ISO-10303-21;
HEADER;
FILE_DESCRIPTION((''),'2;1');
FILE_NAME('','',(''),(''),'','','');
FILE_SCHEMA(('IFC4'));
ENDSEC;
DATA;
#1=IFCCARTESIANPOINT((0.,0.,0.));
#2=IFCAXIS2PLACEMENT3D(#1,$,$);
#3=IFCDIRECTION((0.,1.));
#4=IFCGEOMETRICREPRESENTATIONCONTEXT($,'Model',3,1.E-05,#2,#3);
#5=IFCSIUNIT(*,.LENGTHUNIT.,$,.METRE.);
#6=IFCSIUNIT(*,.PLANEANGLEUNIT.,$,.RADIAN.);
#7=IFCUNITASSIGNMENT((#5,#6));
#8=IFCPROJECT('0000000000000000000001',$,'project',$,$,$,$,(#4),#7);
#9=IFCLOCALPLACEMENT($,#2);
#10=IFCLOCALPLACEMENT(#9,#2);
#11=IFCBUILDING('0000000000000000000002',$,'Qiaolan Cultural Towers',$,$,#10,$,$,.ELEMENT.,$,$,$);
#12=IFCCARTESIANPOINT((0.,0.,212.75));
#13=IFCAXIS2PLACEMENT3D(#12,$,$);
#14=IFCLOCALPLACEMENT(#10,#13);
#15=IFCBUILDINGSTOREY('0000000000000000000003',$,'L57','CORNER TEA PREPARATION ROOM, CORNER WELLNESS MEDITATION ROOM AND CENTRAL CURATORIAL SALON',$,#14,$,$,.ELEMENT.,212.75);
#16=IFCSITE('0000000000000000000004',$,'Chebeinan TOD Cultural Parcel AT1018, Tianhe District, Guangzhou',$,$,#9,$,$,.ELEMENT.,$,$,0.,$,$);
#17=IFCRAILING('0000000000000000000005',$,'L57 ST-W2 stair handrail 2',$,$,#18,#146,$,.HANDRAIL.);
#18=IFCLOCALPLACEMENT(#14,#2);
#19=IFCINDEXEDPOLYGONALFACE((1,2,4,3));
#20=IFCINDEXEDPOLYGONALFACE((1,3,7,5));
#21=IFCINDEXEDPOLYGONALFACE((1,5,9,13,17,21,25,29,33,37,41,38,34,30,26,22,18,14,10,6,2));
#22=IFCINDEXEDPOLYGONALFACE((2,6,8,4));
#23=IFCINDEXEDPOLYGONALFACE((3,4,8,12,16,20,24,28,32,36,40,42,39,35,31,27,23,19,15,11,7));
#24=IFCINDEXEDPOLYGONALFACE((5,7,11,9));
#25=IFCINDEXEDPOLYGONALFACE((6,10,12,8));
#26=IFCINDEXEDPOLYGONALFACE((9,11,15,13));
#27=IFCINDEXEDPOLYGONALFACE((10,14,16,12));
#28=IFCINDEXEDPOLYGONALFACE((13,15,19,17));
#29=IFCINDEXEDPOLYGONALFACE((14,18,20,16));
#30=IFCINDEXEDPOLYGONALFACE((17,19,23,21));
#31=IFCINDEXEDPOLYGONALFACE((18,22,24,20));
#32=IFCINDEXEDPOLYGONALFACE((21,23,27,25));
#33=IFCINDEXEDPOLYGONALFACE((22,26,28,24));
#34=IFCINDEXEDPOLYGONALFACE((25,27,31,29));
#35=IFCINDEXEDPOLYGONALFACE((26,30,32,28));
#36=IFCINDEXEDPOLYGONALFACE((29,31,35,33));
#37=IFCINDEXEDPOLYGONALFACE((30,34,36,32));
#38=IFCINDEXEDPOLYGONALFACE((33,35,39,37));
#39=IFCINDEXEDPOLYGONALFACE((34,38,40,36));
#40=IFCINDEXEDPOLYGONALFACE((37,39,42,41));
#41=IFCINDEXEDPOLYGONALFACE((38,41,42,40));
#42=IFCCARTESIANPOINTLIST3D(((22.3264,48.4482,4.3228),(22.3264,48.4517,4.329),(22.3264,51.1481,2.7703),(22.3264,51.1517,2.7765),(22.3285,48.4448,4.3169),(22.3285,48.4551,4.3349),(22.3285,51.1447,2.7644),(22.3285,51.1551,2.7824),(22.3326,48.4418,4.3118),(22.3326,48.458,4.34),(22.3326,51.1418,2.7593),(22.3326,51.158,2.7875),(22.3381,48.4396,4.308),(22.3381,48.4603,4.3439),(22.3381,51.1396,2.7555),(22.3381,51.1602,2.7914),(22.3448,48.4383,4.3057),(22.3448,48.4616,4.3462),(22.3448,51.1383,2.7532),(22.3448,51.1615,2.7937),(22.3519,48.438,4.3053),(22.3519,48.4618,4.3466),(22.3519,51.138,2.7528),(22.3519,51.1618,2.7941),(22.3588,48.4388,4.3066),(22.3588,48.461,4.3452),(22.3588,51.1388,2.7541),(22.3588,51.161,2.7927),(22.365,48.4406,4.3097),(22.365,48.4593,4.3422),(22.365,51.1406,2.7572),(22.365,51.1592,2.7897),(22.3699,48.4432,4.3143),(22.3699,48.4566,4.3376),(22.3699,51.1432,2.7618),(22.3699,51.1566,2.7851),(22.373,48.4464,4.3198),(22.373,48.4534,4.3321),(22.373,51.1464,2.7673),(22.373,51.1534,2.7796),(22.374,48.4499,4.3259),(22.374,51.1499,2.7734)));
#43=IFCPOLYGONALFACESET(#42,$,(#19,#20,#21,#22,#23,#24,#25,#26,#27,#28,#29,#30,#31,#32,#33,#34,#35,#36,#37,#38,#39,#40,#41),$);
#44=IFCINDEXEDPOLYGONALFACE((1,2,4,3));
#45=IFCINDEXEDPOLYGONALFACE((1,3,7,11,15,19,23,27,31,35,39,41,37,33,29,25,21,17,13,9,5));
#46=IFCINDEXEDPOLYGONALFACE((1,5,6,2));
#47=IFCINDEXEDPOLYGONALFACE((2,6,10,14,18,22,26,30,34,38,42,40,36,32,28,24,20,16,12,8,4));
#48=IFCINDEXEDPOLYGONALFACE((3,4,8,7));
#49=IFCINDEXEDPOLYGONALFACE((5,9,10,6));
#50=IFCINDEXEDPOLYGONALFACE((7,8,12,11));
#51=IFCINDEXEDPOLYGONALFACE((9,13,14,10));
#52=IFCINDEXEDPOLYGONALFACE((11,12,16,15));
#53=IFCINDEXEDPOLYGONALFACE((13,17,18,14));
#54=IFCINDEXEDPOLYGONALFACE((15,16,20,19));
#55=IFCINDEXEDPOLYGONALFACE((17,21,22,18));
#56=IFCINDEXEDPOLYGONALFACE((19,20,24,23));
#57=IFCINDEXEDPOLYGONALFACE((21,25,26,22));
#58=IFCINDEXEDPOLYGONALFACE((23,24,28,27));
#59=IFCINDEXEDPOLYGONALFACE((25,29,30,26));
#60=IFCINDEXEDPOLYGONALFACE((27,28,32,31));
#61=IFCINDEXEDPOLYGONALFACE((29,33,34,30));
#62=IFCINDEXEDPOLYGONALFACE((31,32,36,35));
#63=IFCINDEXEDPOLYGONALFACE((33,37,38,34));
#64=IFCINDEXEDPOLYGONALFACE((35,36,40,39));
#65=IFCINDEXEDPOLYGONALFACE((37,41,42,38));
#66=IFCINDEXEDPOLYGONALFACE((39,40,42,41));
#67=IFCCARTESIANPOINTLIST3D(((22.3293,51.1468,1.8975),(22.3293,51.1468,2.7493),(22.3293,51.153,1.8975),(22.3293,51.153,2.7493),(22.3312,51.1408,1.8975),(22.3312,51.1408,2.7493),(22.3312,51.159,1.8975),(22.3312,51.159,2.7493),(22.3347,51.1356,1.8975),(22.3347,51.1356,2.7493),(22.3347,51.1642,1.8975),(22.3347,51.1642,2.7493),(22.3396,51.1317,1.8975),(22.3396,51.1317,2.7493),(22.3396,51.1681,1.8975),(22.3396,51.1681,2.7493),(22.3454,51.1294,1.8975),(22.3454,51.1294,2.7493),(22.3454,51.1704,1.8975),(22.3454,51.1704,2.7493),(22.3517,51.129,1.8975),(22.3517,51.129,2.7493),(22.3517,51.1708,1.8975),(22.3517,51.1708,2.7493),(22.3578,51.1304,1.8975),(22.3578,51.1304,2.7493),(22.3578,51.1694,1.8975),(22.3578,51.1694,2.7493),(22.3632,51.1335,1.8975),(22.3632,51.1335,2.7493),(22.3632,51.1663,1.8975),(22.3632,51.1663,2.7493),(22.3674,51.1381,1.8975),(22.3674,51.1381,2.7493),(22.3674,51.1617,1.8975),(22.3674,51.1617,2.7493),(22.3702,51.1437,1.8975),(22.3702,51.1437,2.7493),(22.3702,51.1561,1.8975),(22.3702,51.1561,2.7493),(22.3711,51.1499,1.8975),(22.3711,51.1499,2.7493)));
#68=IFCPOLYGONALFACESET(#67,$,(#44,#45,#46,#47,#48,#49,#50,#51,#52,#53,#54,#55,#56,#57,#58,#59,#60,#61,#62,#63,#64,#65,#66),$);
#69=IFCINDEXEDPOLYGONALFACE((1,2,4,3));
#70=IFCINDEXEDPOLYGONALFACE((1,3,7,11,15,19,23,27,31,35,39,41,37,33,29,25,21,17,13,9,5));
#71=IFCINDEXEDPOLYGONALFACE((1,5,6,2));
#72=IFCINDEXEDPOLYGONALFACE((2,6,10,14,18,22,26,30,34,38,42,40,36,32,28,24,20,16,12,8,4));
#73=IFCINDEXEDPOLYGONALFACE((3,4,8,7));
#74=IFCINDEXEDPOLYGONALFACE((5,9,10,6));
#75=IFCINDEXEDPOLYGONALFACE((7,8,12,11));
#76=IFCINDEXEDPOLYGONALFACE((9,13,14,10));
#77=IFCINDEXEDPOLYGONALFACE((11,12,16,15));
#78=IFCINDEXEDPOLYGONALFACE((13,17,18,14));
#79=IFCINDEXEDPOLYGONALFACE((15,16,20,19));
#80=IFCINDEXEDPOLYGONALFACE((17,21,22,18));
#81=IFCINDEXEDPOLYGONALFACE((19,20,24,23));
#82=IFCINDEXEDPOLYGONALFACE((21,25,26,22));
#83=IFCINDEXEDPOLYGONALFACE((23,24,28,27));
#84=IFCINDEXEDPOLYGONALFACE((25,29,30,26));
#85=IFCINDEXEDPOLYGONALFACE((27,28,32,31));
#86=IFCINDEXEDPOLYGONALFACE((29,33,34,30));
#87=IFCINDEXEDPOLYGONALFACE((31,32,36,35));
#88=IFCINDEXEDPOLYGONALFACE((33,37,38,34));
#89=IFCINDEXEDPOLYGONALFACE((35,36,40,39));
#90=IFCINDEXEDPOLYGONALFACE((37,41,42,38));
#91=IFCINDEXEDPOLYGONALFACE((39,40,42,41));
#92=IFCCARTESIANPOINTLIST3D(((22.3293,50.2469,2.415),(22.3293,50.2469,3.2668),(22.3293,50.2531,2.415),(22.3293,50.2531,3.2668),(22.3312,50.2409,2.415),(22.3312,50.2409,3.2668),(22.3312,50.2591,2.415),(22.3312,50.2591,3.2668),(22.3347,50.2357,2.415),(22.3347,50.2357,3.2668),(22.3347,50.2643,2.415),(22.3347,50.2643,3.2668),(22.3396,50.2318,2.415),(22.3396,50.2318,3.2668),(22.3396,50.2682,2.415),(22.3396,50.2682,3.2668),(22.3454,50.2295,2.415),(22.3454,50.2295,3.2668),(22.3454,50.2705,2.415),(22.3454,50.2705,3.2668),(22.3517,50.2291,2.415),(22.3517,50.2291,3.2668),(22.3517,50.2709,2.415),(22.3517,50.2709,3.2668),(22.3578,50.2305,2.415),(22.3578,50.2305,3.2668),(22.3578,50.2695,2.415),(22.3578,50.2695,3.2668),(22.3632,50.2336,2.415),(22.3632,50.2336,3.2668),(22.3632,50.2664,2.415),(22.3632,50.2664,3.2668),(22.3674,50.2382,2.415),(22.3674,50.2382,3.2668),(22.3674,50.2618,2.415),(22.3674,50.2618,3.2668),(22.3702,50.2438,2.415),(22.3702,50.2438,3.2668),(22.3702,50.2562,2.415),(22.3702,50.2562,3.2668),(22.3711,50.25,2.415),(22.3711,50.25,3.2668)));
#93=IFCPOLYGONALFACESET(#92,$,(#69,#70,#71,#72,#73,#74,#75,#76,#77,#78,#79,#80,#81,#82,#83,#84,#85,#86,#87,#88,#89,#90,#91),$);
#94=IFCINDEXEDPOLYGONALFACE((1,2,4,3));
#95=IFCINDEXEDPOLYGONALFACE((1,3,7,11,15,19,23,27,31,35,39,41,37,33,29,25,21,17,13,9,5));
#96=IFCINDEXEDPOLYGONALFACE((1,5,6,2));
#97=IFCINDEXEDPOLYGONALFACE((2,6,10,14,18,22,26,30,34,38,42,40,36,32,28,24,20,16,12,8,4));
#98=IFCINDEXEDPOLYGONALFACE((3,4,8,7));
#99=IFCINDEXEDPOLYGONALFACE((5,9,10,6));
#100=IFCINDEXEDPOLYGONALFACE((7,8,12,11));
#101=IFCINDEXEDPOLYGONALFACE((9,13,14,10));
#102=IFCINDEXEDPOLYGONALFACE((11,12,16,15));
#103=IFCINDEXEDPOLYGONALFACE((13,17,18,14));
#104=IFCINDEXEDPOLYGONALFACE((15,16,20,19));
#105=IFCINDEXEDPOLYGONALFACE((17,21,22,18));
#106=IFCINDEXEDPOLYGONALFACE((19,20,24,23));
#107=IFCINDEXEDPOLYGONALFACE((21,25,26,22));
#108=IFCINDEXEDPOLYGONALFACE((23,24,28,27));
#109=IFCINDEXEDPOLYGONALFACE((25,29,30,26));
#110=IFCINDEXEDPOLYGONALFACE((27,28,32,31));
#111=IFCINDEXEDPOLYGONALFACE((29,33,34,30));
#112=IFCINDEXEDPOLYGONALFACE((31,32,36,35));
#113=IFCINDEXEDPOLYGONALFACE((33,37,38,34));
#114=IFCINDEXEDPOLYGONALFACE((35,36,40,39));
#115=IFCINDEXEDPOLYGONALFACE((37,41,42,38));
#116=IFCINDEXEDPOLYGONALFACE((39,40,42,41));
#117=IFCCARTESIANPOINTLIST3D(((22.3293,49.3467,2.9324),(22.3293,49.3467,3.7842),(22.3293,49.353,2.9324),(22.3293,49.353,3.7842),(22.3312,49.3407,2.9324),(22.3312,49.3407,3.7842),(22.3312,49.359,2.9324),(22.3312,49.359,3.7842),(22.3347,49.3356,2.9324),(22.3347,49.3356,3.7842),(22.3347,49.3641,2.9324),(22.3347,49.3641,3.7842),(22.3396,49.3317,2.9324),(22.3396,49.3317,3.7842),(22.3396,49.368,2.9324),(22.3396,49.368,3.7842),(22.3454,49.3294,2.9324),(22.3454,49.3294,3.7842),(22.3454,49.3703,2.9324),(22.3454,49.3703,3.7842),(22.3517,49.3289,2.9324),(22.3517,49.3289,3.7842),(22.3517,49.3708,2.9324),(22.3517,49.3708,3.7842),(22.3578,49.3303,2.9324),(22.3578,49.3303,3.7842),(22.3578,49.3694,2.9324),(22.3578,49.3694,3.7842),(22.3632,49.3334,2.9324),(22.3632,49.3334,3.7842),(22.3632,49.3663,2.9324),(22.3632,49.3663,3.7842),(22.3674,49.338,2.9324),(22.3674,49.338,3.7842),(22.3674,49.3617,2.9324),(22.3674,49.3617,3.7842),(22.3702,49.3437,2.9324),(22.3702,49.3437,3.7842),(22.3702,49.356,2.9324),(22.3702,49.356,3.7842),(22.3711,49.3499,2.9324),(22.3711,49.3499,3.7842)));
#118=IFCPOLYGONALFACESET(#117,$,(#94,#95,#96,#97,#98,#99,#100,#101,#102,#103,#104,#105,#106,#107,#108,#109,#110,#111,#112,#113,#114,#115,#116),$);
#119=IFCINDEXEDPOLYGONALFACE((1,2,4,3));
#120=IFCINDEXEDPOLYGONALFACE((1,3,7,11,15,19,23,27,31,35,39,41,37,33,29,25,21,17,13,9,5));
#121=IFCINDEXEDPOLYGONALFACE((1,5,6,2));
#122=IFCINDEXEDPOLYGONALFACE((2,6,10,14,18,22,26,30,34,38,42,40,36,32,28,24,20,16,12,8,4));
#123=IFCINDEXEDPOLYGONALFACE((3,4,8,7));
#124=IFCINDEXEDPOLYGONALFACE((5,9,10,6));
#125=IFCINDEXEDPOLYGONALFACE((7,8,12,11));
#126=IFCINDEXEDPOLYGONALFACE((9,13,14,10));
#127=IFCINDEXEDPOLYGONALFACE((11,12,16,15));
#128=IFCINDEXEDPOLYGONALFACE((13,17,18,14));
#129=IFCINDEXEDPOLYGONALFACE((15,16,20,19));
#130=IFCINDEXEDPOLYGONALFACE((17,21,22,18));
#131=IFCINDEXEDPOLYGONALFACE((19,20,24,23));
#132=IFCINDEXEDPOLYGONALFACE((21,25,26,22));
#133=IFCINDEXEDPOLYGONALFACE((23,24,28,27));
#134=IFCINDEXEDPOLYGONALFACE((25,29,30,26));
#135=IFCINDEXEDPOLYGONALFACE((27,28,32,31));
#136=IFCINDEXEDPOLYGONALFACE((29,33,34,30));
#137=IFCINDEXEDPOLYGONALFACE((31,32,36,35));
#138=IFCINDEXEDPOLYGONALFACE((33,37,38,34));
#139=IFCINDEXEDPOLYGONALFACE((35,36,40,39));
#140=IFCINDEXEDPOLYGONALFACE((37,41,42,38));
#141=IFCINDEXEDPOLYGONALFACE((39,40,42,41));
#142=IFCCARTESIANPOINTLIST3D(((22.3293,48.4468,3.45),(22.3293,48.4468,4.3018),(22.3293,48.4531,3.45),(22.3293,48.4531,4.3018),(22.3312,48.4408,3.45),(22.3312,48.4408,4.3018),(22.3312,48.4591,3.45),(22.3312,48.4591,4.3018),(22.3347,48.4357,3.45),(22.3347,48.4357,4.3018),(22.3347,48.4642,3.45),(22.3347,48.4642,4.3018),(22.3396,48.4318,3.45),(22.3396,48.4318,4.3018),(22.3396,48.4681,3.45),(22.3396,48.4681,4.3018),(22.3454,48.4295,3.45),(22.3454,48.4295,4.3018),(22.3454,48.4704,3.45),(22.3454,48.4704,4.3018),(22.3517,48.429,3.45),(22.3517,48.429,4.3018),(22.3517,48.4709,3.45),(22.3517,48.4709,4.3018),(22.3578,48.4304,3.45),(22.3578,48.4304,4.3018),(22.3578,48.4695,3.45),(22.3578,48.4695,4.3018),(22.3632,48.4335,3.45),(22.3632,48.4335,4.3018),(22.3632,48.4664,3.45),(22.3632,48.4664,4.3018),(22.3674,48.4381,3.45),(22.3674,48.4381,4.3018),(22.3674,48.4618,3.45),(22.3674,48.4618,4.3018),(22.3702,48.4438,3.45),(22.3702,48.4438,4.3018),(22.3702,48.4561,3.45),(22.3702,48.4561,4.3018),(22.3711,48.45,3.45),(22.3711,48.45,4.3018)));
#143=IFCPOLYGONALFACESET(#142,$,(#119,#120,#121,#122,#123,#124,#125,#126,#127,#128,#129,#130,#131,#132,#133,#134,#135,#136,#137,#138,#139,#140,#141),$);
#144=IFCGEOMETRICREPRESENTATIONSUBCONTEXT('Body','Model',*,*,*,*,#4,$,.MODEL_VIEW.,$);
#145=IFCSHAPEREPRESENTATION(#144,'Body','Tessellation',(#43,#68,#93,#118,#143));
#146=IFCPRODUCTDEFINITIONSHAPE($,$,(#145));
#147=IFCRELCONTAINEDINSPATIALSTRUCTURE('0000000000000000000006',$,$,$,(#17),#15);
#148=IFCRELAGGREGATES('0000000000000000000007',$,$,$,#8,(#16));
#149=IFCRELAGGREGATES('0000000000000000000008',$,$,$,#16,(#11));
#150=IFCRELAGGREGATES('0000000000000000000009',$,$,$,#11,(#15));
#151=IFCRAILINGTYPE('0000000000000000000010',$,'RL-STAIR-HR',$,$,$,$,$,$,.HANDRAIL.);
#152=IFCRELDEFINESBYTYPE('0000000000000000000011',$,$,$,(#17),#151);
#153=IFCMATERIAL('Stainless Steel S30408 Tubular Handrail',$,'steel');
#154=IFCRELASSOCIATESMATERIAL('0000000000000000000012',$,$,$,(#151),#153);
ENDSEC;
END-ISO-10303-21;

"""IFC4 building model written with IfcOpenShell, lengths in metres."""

from ifc_helpers import new_model, si_unit, direction, frame, origin, origin_2d, place, context, subcontext, project, spatial, circle, extrude, material, type_object, element, save


model = new_model("IFC4")

# Units and contexts
model_context = context("Model", 3, precision=1e-05, world=origin(), true_north=direction((0.0, 1.0)))
body_context = subcontext(model_context, "Body", "Model", "MODEL_VIEW")
ifc_project = project(units=[si_unit("LENGTHUNIT", "METRE"), si_unit("PLANEANGLEUNIT", "RADIAN")], contexts=[model_context])

# Site, building, storey
site_placement = place(None, origin())
site = spatial("IfcSite", under=ifc_project, at=site_placement, Name="Chebeinan TOD Cultural Parcel AT1018, Tianhe District, Guangzhou", CompositionType="ELEMENT", RefElevation=0.0)
building_placement = place(site_placement, origin())
building = spatial("IfcBuilding", under=site, at=building_placement, Name="Qiaolan Cultural Towers", CompositionType="ELEMENT")
storey_placement = place(building_placement, frame((0.0, 0.0, 212.75)))
storey = spatial("IfcBuildingStorey", under=building, at=storey_placement, Name="L57", Description="CORNER TEA PREPARATION ROOM, CORNER WELLNESS MEDITATION ROOM AND CENTRAL CURATORIAL SALON", CompositionType="ELEMENT", Elevation=212.75)

# Railing
ifc_material_1 = material(Name="Stainless Steel S30408 Tubular Handrail", Category="steel")
railing_type_1 = type_object("IfcRailingType", Name="RL-STAIR-HR", PredefinedType="HANDRAIL", material=ifc_material_1)
railing_1_placement = place(storey_placement, frame((22.3501, 51.1499, 1.8975)))
element("IfcRailing", 1, at=railing_1_placement, inside=storey, type_object=railing_type_1, Name="L57 ST-W2 stair handrail 2", PredefinedType="HANDRAIL", context=body_context, shape_type="SweptSolid", body=[
    extrude(circle(Radius=0.0239, at=origin_2d()), frame((0.0, 0.0, 0.876), z_axis=(0.0, -0.866904, 0.498476), x_axis=(1.0, 0.0, 0.0)), (0.0, 0.0, 1.0), 3.1145),
    extrude(circle(Radius=0.021, at=origin_2d()), origin(), (0.0, 0.0, 1.0), 0.8518),
    extrude(circle(Radius=0.021, at=origin_2d()), frame((0.0, -0.8999, 0.5176)), (0.0, 0.0, 1.0), 0.8518),
    extrude(circle(Radius=0.021, at=origin_2d()), frame((0.0, -1.8, 1.0349)), (0.0, 0.0, 1.0), 0.8518),
    extrude(circle(Radius=0.021, at=origin_2d()), frame((0.0, -2.7, 1.5525)), (0.0, 0.0, 1.0), 0.8518),
])

save(model, "model.ifc")
